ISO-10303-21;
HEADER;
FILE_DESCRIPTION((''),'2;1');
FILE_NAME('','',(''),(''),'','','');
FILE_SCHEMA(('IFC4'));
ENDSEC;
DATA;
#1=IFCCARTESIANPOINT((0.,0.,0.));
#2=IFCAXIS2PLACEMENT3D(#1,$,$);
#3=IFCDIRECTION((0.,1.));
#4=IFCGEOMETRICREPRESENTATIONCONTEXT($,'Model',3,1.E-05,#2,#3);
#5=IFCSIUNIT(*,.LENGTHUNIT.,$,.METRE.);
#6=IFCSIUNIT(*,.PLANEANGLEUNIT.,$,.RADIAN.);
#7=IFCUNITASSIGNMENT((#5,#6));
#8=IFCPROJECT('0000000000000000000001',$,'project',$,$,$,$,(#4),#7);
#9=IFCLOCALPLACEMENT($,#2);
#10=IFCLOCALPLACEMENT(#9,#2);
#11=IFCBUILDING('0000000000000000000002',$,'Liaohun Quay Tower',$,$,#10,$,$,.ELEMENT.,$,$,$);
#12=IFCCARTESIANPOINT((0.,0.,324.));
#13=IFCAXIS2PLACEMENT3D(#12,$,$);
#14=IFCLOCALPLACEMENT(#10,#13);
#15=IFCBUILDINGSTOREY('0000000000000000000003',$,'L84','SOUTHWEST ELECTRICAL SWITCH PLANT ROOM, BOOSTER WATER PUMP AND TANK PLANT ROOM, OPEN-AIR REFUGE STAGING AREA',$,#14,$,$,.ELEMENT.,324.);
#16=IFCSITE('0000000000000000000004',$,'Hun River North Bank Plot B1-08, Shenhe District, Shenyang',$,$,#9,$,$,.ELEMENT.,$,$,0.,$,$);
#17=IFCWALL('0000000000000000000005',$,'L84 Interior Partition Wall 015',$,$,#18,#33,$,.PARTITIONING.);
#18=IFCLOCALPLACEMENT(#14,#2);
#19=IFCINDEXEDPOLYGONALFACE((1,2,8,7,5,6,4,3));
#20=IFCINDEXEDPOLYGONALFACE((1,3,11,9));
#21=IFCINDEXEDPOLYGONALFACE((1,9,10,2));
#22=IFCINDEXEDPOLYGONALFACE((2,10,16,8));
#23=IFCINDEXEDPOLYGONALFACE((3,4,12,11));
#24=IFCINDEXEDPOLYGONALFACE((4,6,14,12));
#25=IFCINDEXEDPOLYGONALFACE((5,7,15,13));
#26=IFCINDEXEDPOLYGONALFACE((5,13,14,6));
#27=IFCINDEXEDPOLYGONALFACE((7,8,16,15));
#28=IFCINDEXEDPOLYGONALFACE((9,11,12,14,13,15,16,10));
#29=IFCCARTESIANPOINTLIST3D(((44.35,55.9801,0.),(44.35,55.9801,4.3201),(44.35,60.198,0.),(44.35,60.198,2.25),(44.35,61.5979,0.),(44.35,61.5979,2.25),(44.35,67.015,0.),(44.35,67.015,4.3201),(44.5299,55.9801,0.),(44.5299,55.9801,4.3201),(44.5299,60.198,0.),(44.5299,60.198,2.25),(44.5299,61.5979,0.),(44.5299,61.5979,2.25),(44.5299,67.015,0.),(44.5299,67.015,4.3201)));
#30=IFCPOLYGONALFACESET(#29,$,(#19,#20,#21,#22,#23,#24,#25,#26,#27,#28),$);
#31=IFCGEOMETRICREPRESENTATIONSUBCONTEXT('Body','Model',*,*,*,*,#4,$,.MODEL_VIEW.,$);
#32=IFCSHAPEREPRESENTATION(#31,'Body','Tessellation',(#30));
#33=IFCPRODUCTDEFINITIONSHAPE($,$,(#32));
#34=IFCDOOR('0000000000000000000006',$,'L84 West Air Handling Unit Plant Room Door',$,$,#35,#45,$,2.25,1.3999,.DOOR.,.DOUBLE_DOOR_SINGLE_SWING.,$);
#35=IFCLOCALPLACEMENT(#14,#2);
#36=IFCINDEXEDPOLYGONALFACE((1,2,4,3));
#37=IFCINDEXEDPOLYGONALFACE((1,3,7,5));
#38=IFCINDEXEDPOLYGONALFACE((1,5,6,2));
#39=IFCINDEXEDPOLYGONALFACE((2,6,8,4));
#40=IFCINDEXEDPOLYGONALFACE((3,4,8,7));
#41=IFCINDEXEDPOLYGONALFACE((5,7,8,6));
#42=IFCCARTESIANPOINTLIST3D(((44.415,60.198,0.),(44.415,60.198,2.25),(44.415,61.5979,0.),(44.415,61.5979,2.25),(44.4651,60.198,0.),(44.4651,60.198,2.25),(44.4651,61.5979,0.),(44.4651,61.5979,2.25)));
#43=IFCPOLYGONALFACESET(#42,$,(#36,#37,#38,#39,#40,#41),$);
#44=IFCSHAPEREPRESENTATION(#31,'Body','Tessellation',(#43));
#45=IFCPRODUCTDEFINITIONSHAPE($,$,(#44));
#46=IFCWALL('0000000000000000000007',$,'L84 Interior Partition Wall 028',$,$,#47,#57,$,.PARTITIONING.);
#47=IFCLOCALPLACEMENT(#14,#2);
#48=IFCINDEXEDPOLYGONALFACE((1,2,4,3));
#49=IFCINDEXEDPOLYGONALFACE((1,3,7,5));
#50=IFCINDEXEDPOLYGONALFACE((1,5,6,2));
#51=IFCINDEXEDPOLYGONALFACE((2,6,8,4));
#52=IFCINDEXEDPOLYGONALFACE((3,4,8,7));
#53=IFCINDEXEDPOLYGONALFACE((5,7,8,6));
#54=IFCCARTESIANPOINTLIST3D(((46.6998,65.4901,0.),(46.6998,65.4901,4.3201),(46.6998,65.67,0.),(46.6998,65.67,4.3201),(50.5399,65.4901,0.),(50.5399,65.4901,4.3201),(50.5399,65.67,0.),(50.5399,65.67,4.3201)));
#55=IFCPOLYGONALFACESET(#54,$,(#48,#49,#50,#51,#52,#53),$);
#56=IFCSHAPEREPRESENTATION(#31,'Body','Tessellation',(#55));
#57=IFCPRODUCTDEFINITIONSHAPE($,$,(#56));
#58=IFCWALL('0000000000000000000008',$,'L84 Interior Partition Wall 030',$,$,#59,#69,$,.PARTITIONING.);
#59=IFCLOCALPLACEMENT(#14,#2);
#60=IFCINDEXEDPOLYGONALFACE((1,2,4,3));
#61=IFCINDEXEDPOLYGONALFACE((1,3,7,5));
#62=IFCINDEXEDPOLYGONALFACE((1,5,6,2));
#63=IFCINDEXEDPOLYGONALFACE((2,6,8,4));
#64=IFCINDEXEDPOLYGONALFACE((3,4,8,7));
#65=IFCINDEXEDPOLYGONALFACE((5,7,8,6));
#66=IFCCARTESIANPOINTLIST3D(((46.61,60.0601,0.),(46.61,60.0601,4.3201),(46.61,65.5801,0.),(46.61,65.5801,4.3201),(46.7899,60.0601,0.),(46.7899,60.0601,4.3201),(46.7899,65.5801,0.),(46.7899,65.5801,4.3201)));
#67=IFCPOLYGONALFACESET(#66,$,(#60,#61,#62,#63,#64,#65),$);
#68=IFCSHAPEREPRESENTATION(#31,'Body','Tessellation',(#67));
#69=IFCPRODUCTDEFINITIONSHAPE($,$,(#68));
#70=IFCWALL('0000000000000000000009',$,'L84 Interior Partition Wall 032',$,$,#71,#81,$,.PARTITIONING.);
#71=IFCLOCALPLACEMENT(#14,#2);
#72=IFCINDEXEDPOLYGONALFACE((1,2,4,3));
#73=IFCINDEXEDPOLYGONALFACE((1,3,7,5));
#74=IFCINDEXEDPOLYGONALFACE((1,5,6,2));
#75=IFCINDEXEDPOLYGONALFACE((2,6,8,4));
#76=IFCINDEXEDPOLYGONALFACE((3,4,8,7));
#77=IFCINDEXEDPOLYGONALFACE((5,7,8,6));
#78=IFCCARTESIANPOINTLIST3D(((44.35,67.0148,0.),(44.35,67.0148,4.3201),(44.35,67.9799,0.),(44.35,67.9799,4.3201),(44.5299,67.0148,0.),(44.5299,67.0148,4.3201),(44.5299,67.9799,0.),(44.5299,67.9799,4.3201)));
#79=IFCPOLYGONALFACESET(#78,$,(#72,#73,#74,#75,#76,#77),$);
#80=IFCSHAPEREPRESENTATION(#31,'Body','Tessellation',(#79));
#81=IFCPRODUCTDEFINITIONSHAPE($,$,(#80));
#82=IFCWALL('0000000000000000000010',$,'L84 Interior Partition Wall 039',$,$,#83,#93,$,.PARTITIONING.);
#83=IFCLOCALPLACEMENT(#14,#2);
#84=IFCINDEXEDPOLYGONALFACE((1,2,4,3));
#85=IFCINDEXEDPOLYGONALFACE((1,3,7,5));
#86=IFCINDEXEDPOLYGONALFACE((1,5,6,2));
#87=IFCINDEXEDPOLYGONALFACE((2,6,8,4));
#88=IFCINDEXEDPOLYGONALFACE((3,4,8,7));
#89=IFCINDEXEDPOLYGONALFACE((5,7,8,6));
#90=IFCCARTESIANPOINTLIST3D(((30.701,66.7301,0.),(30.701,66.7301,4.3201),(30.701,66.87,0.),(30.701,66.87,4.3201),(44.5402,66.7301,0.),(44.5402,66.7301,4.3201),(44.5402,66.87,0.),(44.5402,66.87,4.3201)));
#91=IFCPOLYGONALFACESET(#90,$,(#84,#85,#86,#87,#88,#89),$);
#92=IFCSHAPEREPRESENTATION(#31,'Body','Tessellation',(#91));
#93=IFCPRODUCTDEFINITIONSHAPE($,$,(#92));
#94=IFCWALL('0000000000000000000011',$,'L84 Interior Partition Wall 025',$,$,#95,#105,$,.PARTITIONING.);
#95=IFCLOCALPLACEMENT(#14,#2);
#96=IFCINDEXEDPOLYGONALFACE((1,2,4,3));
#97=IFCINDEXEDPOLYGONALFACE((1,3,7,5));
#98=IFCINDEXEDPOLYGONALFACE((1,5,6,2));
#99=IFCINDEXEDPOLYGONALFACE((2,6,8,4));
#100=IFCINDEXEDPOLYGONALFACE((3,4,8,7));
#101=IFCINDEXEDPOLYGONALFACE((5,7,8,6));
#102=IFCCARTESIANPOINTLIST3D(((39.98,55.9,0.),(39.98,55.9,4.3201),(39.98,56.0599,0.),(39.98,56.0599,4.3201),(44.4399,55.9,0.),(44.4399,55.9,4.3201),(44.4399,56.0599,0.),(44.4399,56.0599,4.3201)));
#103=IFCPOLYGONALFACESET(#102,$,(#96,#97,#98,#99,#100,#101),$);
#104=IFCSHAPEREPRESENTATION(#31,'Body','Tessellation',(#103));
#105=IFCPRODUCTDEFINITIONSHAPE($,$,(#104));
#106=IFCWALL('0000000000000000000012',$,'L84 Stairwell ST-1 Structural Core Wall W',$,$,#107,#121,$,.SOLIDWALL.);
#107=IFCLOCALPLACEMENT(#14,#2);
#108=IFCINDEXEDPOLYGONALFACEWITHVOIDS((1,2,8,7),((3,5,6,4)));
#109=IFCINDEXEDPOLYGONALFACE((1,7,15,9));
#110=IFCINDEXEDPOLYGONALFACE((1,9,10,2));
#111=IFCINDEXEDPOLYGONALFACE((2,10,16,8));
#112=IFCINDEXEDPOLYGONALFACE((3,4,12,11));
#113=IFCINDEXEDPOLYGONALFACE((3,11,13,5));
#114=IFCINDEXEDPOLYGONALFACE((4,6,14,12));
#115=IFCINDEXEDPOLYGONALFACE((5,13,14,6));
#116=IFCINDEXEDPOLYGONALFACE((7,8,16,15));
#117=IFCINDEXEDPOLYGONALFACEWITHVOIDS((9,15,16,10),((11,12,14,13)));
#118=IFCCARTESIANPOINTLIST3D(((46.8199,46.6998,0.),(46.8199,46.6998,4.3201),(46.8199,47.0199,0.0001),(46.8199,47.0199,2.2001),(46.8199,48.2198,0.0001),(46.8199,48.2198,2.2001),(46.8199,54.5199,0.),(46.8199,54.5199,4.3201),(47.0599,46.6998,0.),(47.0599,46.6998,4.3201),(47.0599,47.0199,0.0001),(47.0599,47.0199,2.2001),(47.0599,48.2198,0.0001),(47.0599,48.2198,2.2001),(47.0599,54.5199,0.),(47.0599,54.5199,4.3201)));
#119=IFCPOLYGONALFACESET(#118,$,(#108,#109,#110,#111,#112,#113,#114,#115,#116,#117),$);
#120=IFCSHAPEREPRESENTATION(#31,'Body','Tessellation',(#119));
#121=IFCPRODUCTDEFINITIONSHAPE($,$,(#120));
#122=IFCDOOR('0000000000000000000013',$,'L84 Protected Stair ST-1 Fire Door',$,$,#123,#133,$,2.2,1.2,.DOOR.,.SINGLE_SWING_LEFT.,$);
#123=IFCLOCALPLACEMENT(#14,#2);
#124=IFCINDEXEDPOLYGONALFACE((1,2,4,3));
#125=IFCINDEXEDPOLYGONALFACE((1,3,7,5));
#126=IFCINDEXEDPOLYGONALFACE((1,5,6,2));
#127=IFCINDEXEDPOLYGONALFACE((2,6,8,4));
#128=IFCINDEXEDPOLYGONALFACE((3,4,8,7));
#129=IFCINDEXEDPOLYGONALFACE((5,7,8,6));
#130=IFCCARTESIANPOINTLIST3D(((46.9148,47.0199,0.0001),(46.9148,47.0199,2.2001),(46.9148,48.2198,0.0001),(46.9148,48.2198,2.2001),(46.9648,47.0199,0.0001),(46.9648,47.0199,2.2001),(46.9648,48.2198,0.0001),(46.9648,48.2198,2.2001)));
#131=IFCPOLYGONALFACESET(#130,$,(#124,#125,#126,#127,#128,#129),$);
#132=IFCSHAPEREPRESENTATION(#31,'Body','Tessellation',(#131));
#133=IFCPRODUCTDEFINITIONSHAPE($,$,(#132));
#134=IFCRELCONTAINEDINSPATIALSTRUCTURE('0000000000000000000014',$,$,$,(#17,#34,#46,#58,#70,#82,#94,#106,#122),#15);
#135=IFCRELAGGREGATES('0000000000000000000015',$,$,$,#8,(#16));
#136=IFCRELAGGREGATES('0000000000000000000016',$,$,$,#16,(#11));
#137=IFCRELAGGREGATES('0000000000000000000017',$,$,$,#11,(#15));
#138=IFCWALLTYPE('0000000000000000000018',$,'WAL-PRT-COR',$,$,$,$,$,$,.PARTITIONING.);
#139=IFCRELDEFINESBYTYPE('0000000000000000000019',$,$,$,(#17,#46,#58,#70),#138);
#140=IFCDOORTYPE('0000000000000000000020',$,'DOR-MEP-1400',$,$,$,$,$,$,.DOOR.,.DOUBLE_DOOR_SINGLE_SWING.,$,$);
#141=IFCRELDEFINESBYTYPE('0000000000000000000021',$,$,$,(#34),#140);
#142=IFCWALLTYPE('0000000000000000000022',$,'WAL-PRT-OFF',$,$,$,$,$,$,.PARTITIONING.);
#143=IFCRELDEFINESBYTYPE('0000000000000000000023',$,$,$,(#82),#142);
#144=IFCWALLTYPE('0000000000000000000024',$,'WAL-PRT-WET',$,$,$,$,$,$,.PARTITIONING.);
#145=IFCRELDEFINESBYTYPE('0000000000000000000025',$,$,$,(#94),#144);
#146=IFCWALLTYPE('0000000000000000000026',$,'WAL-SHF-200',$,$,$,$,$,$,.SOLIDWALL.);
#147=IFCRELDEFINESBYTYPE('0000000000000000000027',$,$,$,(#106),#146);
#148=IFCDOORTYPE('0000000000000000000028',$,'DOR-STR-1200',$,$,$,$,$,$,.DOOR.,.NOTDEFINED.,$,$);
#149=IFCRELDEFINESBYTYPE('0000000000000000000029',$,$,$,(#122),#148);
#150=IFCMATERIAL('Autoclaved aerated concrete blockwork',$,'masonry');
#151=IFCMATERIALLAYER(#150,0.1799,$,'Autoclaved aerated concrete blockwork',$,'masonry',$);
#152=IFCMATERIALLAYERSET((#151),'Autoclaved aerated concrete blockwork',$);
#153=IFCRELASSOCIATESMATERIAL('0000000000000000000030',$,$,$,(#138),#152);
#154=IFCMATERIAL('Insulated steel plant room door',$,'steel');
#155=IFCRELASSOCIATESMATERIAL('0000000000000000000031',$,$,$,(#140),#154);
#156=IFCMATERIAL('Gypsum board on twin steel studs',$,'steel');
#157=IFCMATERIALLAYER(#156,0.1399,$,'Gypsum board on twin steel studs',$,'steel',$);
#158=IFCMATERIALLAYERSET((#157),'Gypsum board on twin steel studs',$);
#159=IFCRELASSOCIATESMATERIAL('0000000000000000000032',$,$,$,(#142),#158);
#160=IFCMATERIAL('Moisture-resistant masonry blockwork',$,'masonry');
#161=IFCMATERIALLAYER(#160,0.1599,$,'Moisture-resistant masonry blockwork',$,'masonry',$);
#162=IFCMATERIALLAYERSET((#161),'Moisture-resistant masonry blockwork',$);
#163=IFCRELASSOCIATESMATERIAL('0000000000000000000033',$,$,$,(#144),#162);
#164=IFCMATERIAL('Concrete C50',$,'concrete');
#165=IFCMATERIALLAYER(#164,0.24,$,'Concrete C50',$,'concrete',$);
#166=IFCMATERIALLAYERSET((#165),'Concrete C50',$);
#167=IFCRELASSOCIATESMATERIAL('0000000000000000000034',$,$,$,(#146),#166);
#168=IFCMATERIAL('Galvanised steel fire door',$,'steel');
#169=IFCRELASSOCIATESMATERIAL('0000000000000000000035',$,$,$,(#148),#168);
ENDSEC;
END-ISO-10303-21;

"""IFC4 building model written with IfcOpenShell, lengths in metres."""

from ifc_helpers import new_model, si_unit, direction, frame, frame_2d, origin, place, context, subcontext, project, spatial, rectangle, extrude, source, transform, mapped, material, layer, layer_set, type_object, element, fill, save


model = new_model("IFC4")

# Units and contexts
model_context = context("Model", 3, precision=1e-05, world=origin(), true_north=direction((0.0, 1.0)))
body_context = subcontext(model_context, "Body", "Model", "MODEL_VIEW")
ifc_project = project(units=[si_unit("LENGTHUNIT", "METRE"), si_unit("PLANEANGLEUNIT", "RADIAN")], contexts=[model_context])

# Site, building, storey
site_placement = place(None, origin())
site = spatial("IfcSite", under=ifc_project, at=site_placement, Name="Hun River North Bank Plot B1-08, Shenhe District, Shenyang", CompositionType="ELEMENT", RefElevation=0.0)
building_placement = place(site_placement, origin())
building = spatial("IfcBuilding", under=site, at=building_placement, Name="Liaohun Quay Tower", CompositionType="ELEMENT")
storey_placement = place(building_placement, frame((0.0, 0.0, 324.0)))
storey = spatial("IfcBuildingStorey", under=building, at=storey_placement, Name="L84", Description="SOUTHWEST ELECTRICAL SWITCH PLANT ROOM, BOOSTER WATER PUMP AND TANK PLANT ROOM, OPEN-AIR REFUGE STAGING AREA", CompositionType="ELEMENT", Elevation=324.0)

# Shared definitions
ifc_material_1 = material(Name="Concrete C50", Category="concrete")

# Wall, opening, door
ifc_material_2 = material(Name="Autoclaved aerated concrete blockwork", Category="masonry")
ifc_layer_1 = layer(ifc_material_2, 0.1799, Name="Autoclaved aerated concrete blockwork", Category="masonry")
ifc_layer_set_1 = layer_set([ifc_layer_1], Name="Autoclaved aerated concrete blockwork")
wall_type_1 = type_object("IfcWallType", Name="WAL-PRT-COR", PredefinedType="PARTITIONING", material=ifc_layer_set_1)
shared_shape_1 = source(origin(), body_context, "Body", "SweptSolid", [
    extrude(rectangle(XDim=1.3999, YDim=2.25, at=frame_2d((0.7, 1.125))), frame((0.0, 0.0999, 0.0), z_axis=(0.0, -1.0, 0.0), x_axis=(1.0, 0.0, 0.0)), (0.0, 0.0, 1.0), 0.2),
])
ifc_material_3 = material(Name="Insulated steel plant room door", Category="steel")
door_type_1 = type_object("IfcDoorType", Name="DOR-MEP-1400", OperationType="DOUBLE_DOOR_SINGLE_SWING", PredefinedType="DOOR", material=ifc_material_3)
shared_shape_2 = source(origin(), body_context, "Body", "SweptSolid", [
    extrude(rectangle(XDim=1.3999, YDim=2.25, at=frame_2d((0.7, 1.125))), frame((0.0, 0.0249, 0.0), z_axis=(0.0, -1.0, 0.0), x_axis=(1.0, 0.0, 0.0)), (0.0, 0.0, 1.0), 0.05),
])
wall_1_placement = place(storey_placement, frame((44.4399, 55.98, 0.0), z_axis=(0.0, 0.0, 1.0), x_axis=(0.0, 1.0, 0.0)))
wall_1 = element("IfcWall", 1, at=wall_1_placement, inside=storey, type_object=wall_type_1, Name="L84 Interior Partition Wall 015", PredefinedType="PARTITIONING", context=body_context, shape_type="SweptSolid", body=[
    extrude(rectangle(XDim=11.0349, YDim=0.1799, at=frame_2d((5.5176, 0.0))), origin(), (0.0, 0.0, 1.0), 4.3201),
])
opening_1_placement = place(wall_1_placement, frame((4.218, 0.0, 0.0)))
opening_1 = element("IfcOpeningElement", 2, at=opening_1_placement, cuts=wall_1, PredefinedType="OPENING", context=body_context, shape_type="MappedRepresentation", body=[
    mapped(shared_shape_1, transform((0.0, 0.0, 0.0), x_axis=(1.0, 0.0, 0.0), y_axis=(0.0, 1.0, 0.0), z_axis=(0.0, 0.0, 1.0), scale=1.0)),
])
door_1_placement = place(opening_1_placement, origin())
door_1 = element("IfcDoor", 3, at=door_1_placement, inside=storey, type_object=door_type_1, Name="L84 West Air Handling Unit Plant Room Door", OperationType="DOUBLE_DOOR_SINGLE_SWING", OverallHeight=2.25, OverallWidth=1.3999, PredefinedType="DOOR", context=body_context, shape_type="MappedRepresentation", body=[
    mapped(shared_shape_2, transform((0.0, 0.0, 0.0), x_axis=(1.0, 0.0, 0.0), y_axis=(0.0, 1.0, 0.0), z_axis=(0.0, 0.0, 1.0), scale=1.0)),
])
fill(opening_1, door_1)

# Walls
wall_2_placement = place(storey_placement, frame((46.7, 65.5801, 0.0), z_axis=(0.0, 0.0, 1.0), x_axis=(1.0, 0.0, 0.0)))
element("IfcWall", 4, at=wall_2_placement, inside=storey, type_object=wall_type_1, Name="L84 Interior Partition Wall 028", PredefinedType="PARTITIONING", context=body_context, shape_type="SweptSolid", body=[
    extrude(rectangle(XDim=3.8401, YDim=0.1799, at=frame_2d((1.9199, 0.0))), origin(), (0.0, 0.0, 1.0), 4.3201),
])
wall_3_placement = place(storey_placement, frame((46.7, 60.0601, 0.0), z_axis=(0.0, 0.0, 1.0), x_axis=(0.0, 1.0, 0.0)))
element("IfcWall", 5, at=wall_3_placement, inside=storey, type_object=wall_type_1, Name="L84 Interior Partition Wall 030", PredefinedType="PARTITIONING", context=body_context, shape_type="SweptSolid", body=[
    extrude(rectangle(XDim=5.52, YDim=0.1799, at=frame_2d((2.76, 0.0))), origin(), (0.0, 0.0, 1.0), 4.3201),
])
wall_4_placement = place(storey_placement, frame((44.4399, 67.0149, 0.0), z_axis=(0.0, 0.0, 1.0), x_axis=(0.0, 1.0, 0.0)))
element("IfcWall", 6, at=wall_4_placement, inside=storey, type_object=wall_type_1, Name="L84 Interior Partition Wall 032", PredefinedType="PARTITIONING", context=body_context, shape_type="SweptSolid", body=[
    extrude(rectangle(XDim=0.9651, YDim=0.1799, at=frame_2d((0.4824, 0.0))), origin(), (0.0, 0.0, 1.0), 4.3201),
])
ifc_material_4 = material(Name="Gypsum board on twin steel studs", Category="steel")
ifc_layer_2 = layer(ifc_material_4, 0.1399, Name="Gypsum board on twin steel studs", Category="steel")
ifc_layer_set_2 = layer_set([ifc_layer_2], Name="Gypsum board on twin steel studs")
wall_type_2 = type_object("IfcWallType", Name="WAL-PRT-OFF", PredefinedType="PARTITIONING", material=ifc_layer_set_2)
wall_5_placement = place(storey_placement, frame((44.54, 66.8, 0.0), z_axis=(0.0, 0.0, 1.0), x_axis=(-1.0, 0.0, 0.0)))
element("IfcWall", 7, at=wall_5_placement, inside=storey, type_object=wall_type_2, Name="L84 Interior Partition Wall 039", PredefinedType="PARTITIONING", context=body_context, shape_type="SweptSolid", body=[
    extrude(rectangle(XDim=13.8391, YDim=0.1399, at=frame_2d((6.9194, 0.0))), origin(), (0.0, 0.0, 1.0), 4.3201),
])
ifc_material_5 = material(Name="Moisture-resistant masonry blockwork", Category="masonry")
ifc_layer_3 = layer(ifc_material_5, 0.1599, Name="Moisture-resistant masonry blockwork", Category="masonry")
ifc_layer_set_3 = layer_set([ifc_layer_3], Name="Moisture-resistant masonry blockwork")
wall_type_3 = type_object("IfcWallType", Name="WAL-PRT-WET", PredefinedType="PARTITIONING", material=ifc_layer_set_3)
wall_6_placement = place(storey_placement, frame((39.98, 55.98, 0.0), z_axis=(0.0, 0.0, 1.0), x_axis=(1.0, 0.0, 0.0)))
element("IfcWall", 8, at=wall_6_placement, inside=storey, type_object=wall_type_3, Name="L84 Interior Partition Wall 025", PredefinedType="PARTITIONING", context=body_context, shape_type="SweptSolid", body=[
    extrude(rectangle(XDim=4.46, YDim=0.1599, at=frame_2d((2.23, 0.0))), origin(), (0.0, 0.0, 1.0), 4.3201),
])

# Wall, opening, door
ifc_layer_4 = layer(ifc_material_1, 0.24, Name="Concrete C50", Category="concrete")
ifc_layer_set_4 = layer_set([ifc_layer_4], Name="Concrete C50")
wall_type_4 = type_object("IfcWallType", Name="WAL-SHF-200", PredefinedType="SOLIDWALL", material=ifc_layer_set_4)
wall_7_placement = place(storey_placement, frame((46.9399, 54.52, 0.0), z_axis=(0.0, 0.0, 1.0), x_axis=(0.0, -1.0, 0.0)))
wall_7 = element("IfcWall", 9, at=wall_7_placement, inside=storey, type_object=wall_type_4, Name="L84 Stairwell ST-1 Structural Core Wall W", PredefinedType="SOLIDWALL", context=body_context, shape_type="SweptSolid", body=[
    extrude(rectangle(XDim=7.8201, YDim=0.24, at=frame_2d((3.9102, 0.0))), origin(), (0.0, 0.0, 1.0), 4.3201),
])
shared_shape_3 = source(origin(), body_context, "Body", "SweptSolid", [
    extrude(rectangle(XDim=1.2, YDim=2.2, at=frame_2d((0.6001, 1.1001))), frame((0.0, 0.1299, 0.0), z_axis=(0.0, -1.0, 0.0), x_axis=(1.0, 0.0, 0.0)), (0.0, 0.0, 1.0), 0.26),
])
opening_2_placement = place(wall_7_placement, frame((6.3, 0.0, 0.0)))
opening_2 = element("IfcOpeningElement", 10, at=opening_2_placement, cuts=wall_7, PredefinedType="OPENING", context=body_context, shape_type="MappedRepresentation", body=[
    mapped(shared_shape_3, transform((0.0, 0.0, 0.0), x_axis=(1.0, 0.0, 0.0), y_axis=(0.0, 1.0, 0.0), z_axis=(0.0, 0.0, 1.0), scale=1.0)),
])
ifc_material_6 = material(Name="Galvanised steel fire door", Category="steel")
door_type_2 = type_object("IfcDoorType", Name="DOR-STR-1200", OperationType="NOTDEFINED", PredefinedType="DOOR", material=ifc_material_6)
shared_shape_4 = source(origin(), body_context, "Body", "SweptSolid", [
    extrude(rectangle(XDim=1.2, YDim=2.2, at=frame_2d((0.6001, 1.1001))), frame((0.0, 0.0249, 0.0), z_axis=(0.0, -1.0, 0.0), x_axis=(1.0, 0.0, 0.0)), (0.0, 0.0, 1.0), 0.05),
])
door_2_placement = place(opening_2_placement, origin())
door_2 = element("IfcDoor", 11, at=door_2_placement, inside=storey, type_object=door_type_2, Name="L84 Protected Stair ST-1 Fire Door", OperationType="SINGLE_SWING_LEFT", OverallHeight=2.2, OverallWidth=1.2, PredefinedType="DOOR", context=body_context, shape_type="MappedRepresentation", body=[
    mapped(shared_shape_4, transform((0.0, 0.0, 0.0), x_axis=(1.0, 0.0, 0.0), y_axis=(0.0, 1.0, 0.0), z_axis=(0.0, 0.0, 1.0), scale=1.0)),
])
fill(opening_2, door_2)

save(model, "model.ifc")
